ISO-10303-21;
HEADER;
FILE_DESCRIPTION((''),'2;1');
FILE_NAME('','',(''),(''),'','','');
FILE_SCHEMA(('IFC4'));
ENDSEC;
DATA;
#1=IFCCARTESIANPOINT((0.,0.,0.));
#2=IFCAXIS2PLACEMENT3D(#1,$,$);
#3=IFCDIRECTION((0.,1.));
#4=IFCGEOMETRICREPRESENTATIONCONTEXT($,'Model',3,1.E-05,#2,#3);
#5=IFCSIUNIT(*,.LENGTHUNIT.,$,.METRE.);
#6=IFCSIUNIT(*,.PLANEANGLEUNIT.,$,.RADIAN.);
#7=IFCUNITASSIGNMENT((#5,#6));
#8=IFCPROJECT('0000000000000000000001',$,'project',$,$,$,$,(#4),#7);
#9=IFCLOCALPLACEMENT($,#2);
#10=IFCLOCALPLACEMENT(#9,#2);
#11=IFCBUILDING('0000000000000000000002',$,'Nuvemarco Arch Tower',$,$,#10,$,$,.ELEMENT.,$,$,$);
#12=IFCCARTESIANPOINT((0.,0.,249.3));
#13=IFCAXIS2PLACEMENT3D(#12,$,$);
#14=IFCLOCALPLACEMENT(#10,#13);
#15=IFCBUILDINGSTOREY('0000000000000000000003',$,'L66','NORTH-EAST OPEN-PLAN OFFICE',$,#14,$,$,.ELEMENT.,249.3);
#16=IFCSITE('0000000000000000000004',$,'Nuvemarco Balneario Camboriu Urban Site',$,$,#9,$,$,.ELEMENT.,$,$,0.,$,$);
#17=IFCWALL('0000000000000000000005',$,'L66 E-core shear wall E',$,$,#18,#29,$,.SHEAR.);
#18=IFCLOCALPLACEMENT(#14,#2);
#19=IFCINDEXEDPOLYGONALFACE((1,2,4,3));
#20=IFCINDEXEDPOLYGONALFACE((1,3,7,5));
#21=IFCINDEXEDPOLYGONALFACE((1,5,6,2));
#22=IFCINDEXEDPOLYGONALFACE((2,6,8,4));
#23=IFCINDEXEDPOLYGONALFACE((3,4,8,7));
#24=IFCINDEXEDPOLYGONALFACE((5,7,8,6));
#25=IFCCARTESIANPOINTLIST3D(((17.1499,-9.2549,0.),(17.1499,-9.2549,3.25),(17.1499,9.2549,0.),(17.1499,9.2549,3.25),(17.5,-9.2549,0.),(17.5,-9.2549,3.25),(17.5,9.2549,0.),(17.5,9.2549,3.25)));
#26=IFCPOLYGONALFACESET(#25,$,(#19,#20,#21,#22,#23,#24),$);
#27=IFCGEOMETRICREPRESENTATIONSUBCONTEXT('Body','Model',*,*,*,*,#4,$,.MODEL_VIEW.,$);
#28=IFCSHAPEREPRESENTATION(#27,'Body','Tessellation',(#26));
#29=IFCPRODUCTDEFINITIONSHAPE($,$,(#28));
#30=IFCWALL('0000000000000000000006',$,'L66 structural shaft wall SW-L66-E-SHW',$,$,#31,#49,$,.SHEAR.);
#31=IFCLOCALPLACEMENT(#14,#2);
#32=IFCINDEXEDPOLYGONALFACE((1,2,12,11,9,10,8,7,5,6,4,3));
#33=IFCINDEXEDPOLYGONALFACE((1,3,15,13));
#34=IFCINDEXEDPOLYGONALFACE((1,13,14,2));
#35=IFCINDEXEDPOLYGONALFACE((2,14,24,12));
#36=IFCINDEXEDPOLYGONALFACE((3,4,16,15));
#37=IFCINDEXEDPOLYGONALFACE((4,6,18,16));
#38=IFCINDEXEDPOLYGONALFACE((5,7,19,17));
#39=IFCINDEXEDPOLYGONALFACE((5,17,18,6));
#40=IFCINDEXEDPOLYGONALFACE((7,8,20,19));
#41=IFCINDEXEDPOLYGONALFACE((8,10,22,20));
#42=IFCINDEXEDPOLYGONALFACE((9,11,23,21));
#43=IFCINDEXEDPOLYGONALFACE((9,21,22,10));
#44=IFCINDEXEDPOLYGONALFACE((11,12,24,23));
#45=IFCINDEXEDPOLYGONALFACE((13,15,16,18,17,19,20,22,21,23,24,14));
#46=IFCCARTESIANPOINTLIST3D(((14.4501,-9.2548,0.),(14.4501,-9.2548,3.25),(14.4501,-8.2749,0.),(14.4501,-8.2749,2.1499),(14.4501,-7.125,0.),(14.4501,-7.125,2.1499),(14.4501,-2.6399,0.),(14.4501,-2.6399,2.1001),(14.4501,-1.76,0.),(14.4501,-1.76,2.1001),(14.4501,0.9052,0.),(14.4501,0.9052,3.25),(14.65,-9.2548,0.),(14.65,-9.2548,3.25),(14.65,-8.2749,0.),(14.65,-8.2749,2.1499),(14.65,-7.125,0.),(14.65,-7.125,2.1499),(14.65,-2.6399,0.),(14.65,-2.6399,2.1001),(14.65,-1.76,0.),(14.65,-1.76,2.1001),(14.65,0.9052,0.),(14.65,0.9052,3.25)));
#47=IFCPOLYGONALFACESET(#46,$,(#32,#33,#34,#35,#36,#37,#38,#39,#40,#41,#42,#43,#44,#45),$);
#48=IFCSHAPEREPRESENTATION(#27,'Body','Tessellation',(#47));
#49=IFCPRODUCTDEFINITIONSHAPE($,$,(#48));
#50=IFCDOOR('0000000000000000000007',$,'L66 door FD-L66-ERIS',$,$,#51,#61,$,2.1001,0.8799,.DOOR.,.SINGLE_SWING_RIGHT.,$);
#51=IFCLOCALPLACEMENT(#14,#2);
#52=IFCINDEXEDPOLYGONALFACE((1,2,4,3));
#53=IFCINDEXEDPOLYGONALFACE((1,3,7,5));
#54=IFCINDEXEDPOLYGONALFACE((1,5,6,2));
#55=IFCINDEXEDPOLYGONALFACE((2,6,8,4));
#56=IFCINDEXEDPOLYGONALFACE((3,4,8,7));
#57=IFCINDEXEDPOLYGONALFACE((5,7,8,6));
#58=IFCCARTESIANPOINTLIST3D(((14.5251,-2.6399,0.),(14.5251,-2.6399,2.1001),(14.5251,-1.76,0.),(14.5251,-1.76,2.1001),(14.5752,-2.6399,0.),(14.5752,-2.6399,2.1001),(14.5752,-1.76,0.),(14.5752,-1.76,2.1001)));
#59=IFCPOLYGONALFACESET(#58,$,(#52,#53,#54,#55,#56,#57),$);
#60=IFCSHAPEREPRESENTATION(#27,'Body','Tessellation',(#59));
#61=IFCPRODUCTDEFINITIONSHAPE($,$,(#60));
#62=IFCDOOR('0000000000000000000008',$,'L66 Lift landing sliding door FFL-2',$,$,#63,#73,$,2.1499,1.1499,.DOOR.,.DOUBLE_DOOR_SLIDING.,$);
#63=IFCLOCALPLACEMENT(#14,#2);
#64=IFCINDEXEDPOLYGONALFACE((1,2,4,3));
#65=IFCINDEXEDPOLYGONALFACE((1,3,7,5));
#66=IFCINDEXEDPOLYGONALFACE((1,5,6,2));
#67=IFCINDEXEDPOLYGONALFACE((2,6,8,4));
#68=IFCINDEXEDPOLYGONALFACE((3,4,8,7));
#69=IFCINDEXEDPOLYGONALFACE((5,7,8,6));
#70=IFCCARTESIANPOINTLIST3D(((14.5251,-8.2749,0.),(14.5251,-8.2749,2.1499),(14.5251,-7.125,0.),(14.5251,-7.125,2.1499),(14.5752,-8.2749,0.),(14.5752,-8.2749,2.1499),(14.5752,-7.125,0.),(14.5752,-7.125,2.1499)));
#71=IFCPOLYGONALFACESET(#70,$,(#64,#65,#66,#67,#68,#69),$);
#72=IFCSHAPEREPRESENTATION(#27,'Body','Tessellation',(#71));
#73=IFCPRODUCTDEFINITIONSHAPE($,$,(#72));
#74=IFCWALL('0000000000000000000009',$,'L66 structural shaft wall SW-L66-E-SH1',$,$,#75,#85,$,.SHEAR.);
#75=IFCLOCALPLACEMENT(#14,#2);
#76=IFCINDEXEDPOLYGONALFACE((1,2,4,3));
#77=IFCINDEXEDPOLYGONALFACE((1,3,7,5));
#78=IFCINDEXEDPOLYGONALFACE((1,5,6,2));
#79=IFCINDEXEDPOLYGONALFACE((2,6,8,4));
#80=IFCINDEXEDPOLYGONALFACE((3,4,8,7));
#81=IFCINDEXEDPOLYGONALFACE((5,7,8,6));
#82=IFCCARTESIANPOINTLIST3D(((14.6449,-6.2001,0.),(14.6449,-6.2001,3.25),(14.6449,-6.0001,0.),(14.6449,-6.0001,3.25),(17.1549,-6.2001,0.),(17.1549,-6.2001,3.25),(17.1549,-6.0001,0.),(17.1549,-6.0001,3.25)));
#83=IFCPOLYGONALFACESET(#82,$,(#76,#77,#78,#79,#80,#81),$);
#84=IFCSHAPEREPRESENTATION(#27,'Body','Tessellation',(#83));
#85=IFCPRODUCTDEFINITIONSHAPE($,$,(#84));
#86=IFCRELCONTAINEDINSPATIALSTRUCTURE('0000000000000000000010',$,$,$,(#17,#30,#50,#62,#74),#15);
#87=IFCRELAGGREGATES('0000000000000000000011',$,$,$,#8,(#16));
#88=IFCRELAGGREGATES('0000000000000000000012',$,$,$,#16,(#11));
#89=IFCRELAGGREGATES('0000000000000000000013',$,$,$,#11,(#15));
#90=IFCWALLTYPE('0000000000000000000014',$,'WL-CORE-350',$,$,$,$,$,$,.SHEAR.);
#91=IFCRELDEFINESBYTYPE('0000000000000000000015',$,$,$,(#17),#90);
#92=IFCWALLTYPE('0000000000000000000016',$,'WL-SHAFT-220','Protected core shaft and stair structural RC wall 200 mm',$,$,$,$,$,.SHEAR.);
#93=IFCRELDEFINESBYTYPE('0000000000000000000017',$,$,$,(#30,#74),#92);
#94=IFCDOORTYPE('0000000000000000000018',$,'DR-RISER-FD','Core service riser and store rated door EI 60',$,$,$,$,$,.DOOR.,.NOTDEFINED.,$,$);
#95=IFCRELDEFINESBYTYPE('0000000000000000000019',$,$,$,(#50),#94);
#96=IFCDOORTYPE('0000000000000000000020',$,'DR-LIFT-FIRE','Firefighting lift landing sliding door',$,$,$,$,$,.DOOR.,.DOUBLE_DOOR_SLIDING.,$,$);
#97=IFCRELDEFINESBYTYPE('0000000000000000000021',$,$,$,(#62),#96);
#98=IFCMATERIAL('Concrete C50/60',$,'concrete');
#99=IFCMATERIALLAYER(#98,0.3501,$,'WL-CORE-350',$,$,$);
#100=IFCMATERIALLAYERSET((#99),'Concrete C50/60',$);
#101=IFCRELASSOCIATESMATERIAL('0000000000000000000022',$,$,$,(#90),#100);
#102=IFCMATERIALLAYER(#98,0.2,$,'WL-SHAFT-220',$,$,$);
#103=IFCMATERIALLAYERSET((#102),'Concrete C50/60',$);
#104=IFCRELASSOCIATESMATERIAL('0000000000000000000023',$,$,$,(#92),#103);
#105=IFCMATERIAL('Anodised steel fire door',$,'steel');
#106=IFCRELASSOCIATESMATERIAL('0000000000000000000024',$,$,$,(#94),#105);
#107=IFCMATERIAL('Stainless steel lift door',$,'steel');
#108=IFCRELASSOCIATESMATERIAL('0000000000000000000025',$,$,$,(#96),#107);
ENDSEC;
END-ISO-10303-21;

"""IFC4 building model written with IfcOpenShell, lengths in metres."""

from ifc_helpers import new_model, si_unit, direction, frame, frame_2d, origin, place, context, subcontext, project, spatial, rectangle, extrude, source, transform, mapped, material, layer, layer_set, type_object, type_shapes, element, fill, save


model = new_model("IFC4")

# Units and contexts
model_context = context("Model", 3, precision=1e-05, world=origin(), true_north=direction((0.0, 1.0)))
body_context = subcontext(model_context, "Body", "Model", "MODEL_VIEW")
ifc_project = project(units=[si_unit("LENGTHUNIT", "METRE"), si_unit("PLANEANGLEUNIT", "RADIAN")], contexts=[model_context])

# Site, building, storey
site_placement = place(None, origin())
site = spatial("IfcSite", under=ifc_project, at=site_placement, Name="Nuvemarco Balneario Camboriu Urban Site", CompositionType="ELEMENT", RefElevation=0.0)
building_placement = place(site_placement, origin())
building = spatial("IfcBuilding", under=site, at=building_placement, Name="Nuvemarco Arch Tower", CompositionType="ELEMENT")
storey_placement = place(building_placement, frame((0.0, 0.0, 249.3)))
storey = spatial("IfcBuildingStorey", under=building, at=storey_placement, Name="L66", Description="NORTH-EAST OPEN-PLAN OFFICE", CompositionType="ELEMENT", Elevation=249.3)

# Shared definitions
ifc_material_1 = material(Name="Concrete C50/60", Category="concrete")

# Wall
ifc_layer_1 = layer(ifc_material_1, 0.3501, Name="WL-CORE-350")
ifc_layer_set_1 = layer_set([ifc_layer_1], Name="Concrete C50/60")
wall_type_1 = type_object("IfcWallType", Name="WL-CORE-350", PredefinedType="SHEAR", material=ifc_layer_set_1)
wall_1_placement = place(storey_placement, frame((17.325, -9.2549, 0.0), z_axis=(0.0, 0.0, 1.0), x_axis=(0.0, 1.0, 0.0)))
element("IfcWall", 1, at=wall_1_placement, inside=storey, type_object=wall_type_1, Name="L66 E-core shear wall E", PredefinedType="SHEAR", context=body_context, shape_type="SweptSolid", body=[
    extrude(rectangle(XDim=18.5098, YDim=0.3501, at=frame_2d((9.2549, 0.0))), origin(), (0.0, 0.0, 1.0), 3.25),
])

# Wall, openings, doors
ifc_layer_2 = layer(ifc_material_1, 0.2, Name="WL-SHAFT-220")
ifc_layer_set_2 = layer_set([ifc_layer_2], Name="Concrete C50/60")
wall_type_2 = type_object("IfcWallType", Name="WL-SHAFT-220", Description="Protected core shaft and stair structural RC wall 200 mm", PredefinedType="SHEAR", material=ifc_layer_set_2)
wall_2_placement = place(storey_placement, frame((14.55, -9.2549, 0.0), z_axis=(0.0, 0.0, 1.0), x_axis=(0.0, 1.0, 0.0)))
wall_2 = element("IfcWall", 2, at=wall_2_placement, inside=storey, type_object=wall_type_2, Name="L66 structural shaft wall SW-L66-E-SHW", PredefinedType="SHEAR", context=body_context, shape_type="SweptSolid", body=[
    extrude(rectangle(XDim=10.1599, YDim=0.2, at=frame_2d((5.0801, 0.0))), origin(), (0.0, 0.0, 1.0), 3.25),
])
opening_1_placement = place(wall_2_placement, frame((6.615, 0.0, 0.0)))
opening_1 = element("IfcOpeningElement", 3, at=opening_1_placement, cuts=wall_2, PredefinedType="OPENING", context=body_context, shape_type="SweptSolid", body=[
    extrude(rectangle(XDim=0.8799, YDim=2.1001, at=frame_2d((0.4399, 1.05))), frame((0.0, 0.1099, 0.0), z_axis=(0.0, -1.0, 0.0), x_axis=(1.0, 0.0, 0.0)), (0.0, 0.0, 1.0), 0.22),
])
opening_2_placement = place(wall_2_placement, frame((0.98, 0.0, 0.0)))
opening_2 = element("IfcOpeningElement", 4, at=opening_2_placement, cuts=wall_2, PredefinedType="OPENING", context=body_context, shape_type="SweptSolid", body=[
    extrude(rectangle(XDim=1.1499, YDim=2.1499, at=frame_2d((0.575, 1.075))), frame((0.0, 0.1099, 0.0), z_axis=(0.0, -1.0, 0.0), x_axis=(1.0, 0.0, 0.0)), (0.0, 0.0, 1.0), 0.22),
])
ifc_material_2 = material(Name="Anodised steel fire door", Category="steel")
door_type_1 = type_object("IfcDoorType", Name="DR-RISER-FD", Description="Core service riser and store rated door EI 60", OperationType="NOTDEFINED", PredefinedType="DOOR", material=ifc_material_2)
shared_shape_1 = source(origin(), body_context, "Body", "SweptSolid", [
    extrude(rectangle(XDim=0.8799, YDim=2.1001, at=frame_2d((0.4399, 1.05))), frame((0.0, 0.0249, 0.0), z_axis=(0.0, -1.0, 0.0), x_axis=(1.0, 0.0, 0.0)), (0.0, 0.0, 1.0), 0.05),
])
type_shapes(door_type_1, [shared_shape_1])
door_1_placement = place(opening_1_placement, origin())
door_1 = element("IfcDoor", 5, at=door_1_placement, inside=storey, type_object=door_type_1, Name="L66 door FD-L66-ERIS", OperationType="SINGLE_SWING_RIGHT", OverallHeight=2.1001, OverallWidth=0.8799, PredefinedType="DOOR", context=body_context, shape_type="MappedRepresentation", body=[
    mapped(shared_shape_1, transform((0.0, 0.0, 0.0), scale=1.0)),
])
fill(opening_1, door_1)
ifc_material_3 = material(Name="Stainless steel lift door", Category="steel")
door_type_2 = type_object("IfcDoorType", Name="DR-LIFT-FIRE", Description="Firefighting lift landing sliding door", OperationType="DOUBLE_DOOR_SLIDING", PredefinedType="DOOR", material=ifc_material_3)
shared_shape_2 = source(origin(), body_context, "Body", "SweptSolid", [
    extrude(rectangle(XDim=1.1499, YDim=2.1499, at=frame_2d((0.575, 1.075))), frame((0.0, 0.0249, 0.0), z_axis=(0.0, -1.0, 0.0), x_axis=(1.0, 0.0, 0.0)), (0.0, 0.0, 1.0), 0.05),
])
type_shapes(door_type_2, [shared_shape_2])
door_2_placement = place(opening_2_placement, origin())
door_2 = element("IfcDoor", 6, at=door_2_placement, inside=storey, type_object=door_type_2, Name="L66 Lift landing sliding door FFL-2", OperationType="DOUBLE_DOOR_SLIDING", OverallHeight=2.1499, OverallWidth=1.1499, PredefinedType="DOOR", context=body_context, shape_type="MappedRepresentation", body=[
    mapped(shared_shape_2, transform((0.0, 0.0, 0.0), scale=1.0)),
])
fill(opening_2, door_2)

# Wall
wall_3_placement = place(storey_placement, frame((14.645, -6.1001, 0.0), z_axis=(0.0, 0.0, 1.0), x_axis=(1.0, 0.0, 0.0)))
element("IfcWall", 7, at=wall_3_placement, inside=storey, type_object=wall_type_2, Name="L66 structural shaft wall SW-L66-E-SH1", PredefinedType="SHEAR", context=body_context, shape_type="SweptSolid", body=[
    extrude(rectangle(XDim=2.51, YDim=0.2, at=frame_2d((1.2549, 0.0))), origin(), (0.0, 0.0, 1.0), 3.25),
])

save(model, "model.ifc")
